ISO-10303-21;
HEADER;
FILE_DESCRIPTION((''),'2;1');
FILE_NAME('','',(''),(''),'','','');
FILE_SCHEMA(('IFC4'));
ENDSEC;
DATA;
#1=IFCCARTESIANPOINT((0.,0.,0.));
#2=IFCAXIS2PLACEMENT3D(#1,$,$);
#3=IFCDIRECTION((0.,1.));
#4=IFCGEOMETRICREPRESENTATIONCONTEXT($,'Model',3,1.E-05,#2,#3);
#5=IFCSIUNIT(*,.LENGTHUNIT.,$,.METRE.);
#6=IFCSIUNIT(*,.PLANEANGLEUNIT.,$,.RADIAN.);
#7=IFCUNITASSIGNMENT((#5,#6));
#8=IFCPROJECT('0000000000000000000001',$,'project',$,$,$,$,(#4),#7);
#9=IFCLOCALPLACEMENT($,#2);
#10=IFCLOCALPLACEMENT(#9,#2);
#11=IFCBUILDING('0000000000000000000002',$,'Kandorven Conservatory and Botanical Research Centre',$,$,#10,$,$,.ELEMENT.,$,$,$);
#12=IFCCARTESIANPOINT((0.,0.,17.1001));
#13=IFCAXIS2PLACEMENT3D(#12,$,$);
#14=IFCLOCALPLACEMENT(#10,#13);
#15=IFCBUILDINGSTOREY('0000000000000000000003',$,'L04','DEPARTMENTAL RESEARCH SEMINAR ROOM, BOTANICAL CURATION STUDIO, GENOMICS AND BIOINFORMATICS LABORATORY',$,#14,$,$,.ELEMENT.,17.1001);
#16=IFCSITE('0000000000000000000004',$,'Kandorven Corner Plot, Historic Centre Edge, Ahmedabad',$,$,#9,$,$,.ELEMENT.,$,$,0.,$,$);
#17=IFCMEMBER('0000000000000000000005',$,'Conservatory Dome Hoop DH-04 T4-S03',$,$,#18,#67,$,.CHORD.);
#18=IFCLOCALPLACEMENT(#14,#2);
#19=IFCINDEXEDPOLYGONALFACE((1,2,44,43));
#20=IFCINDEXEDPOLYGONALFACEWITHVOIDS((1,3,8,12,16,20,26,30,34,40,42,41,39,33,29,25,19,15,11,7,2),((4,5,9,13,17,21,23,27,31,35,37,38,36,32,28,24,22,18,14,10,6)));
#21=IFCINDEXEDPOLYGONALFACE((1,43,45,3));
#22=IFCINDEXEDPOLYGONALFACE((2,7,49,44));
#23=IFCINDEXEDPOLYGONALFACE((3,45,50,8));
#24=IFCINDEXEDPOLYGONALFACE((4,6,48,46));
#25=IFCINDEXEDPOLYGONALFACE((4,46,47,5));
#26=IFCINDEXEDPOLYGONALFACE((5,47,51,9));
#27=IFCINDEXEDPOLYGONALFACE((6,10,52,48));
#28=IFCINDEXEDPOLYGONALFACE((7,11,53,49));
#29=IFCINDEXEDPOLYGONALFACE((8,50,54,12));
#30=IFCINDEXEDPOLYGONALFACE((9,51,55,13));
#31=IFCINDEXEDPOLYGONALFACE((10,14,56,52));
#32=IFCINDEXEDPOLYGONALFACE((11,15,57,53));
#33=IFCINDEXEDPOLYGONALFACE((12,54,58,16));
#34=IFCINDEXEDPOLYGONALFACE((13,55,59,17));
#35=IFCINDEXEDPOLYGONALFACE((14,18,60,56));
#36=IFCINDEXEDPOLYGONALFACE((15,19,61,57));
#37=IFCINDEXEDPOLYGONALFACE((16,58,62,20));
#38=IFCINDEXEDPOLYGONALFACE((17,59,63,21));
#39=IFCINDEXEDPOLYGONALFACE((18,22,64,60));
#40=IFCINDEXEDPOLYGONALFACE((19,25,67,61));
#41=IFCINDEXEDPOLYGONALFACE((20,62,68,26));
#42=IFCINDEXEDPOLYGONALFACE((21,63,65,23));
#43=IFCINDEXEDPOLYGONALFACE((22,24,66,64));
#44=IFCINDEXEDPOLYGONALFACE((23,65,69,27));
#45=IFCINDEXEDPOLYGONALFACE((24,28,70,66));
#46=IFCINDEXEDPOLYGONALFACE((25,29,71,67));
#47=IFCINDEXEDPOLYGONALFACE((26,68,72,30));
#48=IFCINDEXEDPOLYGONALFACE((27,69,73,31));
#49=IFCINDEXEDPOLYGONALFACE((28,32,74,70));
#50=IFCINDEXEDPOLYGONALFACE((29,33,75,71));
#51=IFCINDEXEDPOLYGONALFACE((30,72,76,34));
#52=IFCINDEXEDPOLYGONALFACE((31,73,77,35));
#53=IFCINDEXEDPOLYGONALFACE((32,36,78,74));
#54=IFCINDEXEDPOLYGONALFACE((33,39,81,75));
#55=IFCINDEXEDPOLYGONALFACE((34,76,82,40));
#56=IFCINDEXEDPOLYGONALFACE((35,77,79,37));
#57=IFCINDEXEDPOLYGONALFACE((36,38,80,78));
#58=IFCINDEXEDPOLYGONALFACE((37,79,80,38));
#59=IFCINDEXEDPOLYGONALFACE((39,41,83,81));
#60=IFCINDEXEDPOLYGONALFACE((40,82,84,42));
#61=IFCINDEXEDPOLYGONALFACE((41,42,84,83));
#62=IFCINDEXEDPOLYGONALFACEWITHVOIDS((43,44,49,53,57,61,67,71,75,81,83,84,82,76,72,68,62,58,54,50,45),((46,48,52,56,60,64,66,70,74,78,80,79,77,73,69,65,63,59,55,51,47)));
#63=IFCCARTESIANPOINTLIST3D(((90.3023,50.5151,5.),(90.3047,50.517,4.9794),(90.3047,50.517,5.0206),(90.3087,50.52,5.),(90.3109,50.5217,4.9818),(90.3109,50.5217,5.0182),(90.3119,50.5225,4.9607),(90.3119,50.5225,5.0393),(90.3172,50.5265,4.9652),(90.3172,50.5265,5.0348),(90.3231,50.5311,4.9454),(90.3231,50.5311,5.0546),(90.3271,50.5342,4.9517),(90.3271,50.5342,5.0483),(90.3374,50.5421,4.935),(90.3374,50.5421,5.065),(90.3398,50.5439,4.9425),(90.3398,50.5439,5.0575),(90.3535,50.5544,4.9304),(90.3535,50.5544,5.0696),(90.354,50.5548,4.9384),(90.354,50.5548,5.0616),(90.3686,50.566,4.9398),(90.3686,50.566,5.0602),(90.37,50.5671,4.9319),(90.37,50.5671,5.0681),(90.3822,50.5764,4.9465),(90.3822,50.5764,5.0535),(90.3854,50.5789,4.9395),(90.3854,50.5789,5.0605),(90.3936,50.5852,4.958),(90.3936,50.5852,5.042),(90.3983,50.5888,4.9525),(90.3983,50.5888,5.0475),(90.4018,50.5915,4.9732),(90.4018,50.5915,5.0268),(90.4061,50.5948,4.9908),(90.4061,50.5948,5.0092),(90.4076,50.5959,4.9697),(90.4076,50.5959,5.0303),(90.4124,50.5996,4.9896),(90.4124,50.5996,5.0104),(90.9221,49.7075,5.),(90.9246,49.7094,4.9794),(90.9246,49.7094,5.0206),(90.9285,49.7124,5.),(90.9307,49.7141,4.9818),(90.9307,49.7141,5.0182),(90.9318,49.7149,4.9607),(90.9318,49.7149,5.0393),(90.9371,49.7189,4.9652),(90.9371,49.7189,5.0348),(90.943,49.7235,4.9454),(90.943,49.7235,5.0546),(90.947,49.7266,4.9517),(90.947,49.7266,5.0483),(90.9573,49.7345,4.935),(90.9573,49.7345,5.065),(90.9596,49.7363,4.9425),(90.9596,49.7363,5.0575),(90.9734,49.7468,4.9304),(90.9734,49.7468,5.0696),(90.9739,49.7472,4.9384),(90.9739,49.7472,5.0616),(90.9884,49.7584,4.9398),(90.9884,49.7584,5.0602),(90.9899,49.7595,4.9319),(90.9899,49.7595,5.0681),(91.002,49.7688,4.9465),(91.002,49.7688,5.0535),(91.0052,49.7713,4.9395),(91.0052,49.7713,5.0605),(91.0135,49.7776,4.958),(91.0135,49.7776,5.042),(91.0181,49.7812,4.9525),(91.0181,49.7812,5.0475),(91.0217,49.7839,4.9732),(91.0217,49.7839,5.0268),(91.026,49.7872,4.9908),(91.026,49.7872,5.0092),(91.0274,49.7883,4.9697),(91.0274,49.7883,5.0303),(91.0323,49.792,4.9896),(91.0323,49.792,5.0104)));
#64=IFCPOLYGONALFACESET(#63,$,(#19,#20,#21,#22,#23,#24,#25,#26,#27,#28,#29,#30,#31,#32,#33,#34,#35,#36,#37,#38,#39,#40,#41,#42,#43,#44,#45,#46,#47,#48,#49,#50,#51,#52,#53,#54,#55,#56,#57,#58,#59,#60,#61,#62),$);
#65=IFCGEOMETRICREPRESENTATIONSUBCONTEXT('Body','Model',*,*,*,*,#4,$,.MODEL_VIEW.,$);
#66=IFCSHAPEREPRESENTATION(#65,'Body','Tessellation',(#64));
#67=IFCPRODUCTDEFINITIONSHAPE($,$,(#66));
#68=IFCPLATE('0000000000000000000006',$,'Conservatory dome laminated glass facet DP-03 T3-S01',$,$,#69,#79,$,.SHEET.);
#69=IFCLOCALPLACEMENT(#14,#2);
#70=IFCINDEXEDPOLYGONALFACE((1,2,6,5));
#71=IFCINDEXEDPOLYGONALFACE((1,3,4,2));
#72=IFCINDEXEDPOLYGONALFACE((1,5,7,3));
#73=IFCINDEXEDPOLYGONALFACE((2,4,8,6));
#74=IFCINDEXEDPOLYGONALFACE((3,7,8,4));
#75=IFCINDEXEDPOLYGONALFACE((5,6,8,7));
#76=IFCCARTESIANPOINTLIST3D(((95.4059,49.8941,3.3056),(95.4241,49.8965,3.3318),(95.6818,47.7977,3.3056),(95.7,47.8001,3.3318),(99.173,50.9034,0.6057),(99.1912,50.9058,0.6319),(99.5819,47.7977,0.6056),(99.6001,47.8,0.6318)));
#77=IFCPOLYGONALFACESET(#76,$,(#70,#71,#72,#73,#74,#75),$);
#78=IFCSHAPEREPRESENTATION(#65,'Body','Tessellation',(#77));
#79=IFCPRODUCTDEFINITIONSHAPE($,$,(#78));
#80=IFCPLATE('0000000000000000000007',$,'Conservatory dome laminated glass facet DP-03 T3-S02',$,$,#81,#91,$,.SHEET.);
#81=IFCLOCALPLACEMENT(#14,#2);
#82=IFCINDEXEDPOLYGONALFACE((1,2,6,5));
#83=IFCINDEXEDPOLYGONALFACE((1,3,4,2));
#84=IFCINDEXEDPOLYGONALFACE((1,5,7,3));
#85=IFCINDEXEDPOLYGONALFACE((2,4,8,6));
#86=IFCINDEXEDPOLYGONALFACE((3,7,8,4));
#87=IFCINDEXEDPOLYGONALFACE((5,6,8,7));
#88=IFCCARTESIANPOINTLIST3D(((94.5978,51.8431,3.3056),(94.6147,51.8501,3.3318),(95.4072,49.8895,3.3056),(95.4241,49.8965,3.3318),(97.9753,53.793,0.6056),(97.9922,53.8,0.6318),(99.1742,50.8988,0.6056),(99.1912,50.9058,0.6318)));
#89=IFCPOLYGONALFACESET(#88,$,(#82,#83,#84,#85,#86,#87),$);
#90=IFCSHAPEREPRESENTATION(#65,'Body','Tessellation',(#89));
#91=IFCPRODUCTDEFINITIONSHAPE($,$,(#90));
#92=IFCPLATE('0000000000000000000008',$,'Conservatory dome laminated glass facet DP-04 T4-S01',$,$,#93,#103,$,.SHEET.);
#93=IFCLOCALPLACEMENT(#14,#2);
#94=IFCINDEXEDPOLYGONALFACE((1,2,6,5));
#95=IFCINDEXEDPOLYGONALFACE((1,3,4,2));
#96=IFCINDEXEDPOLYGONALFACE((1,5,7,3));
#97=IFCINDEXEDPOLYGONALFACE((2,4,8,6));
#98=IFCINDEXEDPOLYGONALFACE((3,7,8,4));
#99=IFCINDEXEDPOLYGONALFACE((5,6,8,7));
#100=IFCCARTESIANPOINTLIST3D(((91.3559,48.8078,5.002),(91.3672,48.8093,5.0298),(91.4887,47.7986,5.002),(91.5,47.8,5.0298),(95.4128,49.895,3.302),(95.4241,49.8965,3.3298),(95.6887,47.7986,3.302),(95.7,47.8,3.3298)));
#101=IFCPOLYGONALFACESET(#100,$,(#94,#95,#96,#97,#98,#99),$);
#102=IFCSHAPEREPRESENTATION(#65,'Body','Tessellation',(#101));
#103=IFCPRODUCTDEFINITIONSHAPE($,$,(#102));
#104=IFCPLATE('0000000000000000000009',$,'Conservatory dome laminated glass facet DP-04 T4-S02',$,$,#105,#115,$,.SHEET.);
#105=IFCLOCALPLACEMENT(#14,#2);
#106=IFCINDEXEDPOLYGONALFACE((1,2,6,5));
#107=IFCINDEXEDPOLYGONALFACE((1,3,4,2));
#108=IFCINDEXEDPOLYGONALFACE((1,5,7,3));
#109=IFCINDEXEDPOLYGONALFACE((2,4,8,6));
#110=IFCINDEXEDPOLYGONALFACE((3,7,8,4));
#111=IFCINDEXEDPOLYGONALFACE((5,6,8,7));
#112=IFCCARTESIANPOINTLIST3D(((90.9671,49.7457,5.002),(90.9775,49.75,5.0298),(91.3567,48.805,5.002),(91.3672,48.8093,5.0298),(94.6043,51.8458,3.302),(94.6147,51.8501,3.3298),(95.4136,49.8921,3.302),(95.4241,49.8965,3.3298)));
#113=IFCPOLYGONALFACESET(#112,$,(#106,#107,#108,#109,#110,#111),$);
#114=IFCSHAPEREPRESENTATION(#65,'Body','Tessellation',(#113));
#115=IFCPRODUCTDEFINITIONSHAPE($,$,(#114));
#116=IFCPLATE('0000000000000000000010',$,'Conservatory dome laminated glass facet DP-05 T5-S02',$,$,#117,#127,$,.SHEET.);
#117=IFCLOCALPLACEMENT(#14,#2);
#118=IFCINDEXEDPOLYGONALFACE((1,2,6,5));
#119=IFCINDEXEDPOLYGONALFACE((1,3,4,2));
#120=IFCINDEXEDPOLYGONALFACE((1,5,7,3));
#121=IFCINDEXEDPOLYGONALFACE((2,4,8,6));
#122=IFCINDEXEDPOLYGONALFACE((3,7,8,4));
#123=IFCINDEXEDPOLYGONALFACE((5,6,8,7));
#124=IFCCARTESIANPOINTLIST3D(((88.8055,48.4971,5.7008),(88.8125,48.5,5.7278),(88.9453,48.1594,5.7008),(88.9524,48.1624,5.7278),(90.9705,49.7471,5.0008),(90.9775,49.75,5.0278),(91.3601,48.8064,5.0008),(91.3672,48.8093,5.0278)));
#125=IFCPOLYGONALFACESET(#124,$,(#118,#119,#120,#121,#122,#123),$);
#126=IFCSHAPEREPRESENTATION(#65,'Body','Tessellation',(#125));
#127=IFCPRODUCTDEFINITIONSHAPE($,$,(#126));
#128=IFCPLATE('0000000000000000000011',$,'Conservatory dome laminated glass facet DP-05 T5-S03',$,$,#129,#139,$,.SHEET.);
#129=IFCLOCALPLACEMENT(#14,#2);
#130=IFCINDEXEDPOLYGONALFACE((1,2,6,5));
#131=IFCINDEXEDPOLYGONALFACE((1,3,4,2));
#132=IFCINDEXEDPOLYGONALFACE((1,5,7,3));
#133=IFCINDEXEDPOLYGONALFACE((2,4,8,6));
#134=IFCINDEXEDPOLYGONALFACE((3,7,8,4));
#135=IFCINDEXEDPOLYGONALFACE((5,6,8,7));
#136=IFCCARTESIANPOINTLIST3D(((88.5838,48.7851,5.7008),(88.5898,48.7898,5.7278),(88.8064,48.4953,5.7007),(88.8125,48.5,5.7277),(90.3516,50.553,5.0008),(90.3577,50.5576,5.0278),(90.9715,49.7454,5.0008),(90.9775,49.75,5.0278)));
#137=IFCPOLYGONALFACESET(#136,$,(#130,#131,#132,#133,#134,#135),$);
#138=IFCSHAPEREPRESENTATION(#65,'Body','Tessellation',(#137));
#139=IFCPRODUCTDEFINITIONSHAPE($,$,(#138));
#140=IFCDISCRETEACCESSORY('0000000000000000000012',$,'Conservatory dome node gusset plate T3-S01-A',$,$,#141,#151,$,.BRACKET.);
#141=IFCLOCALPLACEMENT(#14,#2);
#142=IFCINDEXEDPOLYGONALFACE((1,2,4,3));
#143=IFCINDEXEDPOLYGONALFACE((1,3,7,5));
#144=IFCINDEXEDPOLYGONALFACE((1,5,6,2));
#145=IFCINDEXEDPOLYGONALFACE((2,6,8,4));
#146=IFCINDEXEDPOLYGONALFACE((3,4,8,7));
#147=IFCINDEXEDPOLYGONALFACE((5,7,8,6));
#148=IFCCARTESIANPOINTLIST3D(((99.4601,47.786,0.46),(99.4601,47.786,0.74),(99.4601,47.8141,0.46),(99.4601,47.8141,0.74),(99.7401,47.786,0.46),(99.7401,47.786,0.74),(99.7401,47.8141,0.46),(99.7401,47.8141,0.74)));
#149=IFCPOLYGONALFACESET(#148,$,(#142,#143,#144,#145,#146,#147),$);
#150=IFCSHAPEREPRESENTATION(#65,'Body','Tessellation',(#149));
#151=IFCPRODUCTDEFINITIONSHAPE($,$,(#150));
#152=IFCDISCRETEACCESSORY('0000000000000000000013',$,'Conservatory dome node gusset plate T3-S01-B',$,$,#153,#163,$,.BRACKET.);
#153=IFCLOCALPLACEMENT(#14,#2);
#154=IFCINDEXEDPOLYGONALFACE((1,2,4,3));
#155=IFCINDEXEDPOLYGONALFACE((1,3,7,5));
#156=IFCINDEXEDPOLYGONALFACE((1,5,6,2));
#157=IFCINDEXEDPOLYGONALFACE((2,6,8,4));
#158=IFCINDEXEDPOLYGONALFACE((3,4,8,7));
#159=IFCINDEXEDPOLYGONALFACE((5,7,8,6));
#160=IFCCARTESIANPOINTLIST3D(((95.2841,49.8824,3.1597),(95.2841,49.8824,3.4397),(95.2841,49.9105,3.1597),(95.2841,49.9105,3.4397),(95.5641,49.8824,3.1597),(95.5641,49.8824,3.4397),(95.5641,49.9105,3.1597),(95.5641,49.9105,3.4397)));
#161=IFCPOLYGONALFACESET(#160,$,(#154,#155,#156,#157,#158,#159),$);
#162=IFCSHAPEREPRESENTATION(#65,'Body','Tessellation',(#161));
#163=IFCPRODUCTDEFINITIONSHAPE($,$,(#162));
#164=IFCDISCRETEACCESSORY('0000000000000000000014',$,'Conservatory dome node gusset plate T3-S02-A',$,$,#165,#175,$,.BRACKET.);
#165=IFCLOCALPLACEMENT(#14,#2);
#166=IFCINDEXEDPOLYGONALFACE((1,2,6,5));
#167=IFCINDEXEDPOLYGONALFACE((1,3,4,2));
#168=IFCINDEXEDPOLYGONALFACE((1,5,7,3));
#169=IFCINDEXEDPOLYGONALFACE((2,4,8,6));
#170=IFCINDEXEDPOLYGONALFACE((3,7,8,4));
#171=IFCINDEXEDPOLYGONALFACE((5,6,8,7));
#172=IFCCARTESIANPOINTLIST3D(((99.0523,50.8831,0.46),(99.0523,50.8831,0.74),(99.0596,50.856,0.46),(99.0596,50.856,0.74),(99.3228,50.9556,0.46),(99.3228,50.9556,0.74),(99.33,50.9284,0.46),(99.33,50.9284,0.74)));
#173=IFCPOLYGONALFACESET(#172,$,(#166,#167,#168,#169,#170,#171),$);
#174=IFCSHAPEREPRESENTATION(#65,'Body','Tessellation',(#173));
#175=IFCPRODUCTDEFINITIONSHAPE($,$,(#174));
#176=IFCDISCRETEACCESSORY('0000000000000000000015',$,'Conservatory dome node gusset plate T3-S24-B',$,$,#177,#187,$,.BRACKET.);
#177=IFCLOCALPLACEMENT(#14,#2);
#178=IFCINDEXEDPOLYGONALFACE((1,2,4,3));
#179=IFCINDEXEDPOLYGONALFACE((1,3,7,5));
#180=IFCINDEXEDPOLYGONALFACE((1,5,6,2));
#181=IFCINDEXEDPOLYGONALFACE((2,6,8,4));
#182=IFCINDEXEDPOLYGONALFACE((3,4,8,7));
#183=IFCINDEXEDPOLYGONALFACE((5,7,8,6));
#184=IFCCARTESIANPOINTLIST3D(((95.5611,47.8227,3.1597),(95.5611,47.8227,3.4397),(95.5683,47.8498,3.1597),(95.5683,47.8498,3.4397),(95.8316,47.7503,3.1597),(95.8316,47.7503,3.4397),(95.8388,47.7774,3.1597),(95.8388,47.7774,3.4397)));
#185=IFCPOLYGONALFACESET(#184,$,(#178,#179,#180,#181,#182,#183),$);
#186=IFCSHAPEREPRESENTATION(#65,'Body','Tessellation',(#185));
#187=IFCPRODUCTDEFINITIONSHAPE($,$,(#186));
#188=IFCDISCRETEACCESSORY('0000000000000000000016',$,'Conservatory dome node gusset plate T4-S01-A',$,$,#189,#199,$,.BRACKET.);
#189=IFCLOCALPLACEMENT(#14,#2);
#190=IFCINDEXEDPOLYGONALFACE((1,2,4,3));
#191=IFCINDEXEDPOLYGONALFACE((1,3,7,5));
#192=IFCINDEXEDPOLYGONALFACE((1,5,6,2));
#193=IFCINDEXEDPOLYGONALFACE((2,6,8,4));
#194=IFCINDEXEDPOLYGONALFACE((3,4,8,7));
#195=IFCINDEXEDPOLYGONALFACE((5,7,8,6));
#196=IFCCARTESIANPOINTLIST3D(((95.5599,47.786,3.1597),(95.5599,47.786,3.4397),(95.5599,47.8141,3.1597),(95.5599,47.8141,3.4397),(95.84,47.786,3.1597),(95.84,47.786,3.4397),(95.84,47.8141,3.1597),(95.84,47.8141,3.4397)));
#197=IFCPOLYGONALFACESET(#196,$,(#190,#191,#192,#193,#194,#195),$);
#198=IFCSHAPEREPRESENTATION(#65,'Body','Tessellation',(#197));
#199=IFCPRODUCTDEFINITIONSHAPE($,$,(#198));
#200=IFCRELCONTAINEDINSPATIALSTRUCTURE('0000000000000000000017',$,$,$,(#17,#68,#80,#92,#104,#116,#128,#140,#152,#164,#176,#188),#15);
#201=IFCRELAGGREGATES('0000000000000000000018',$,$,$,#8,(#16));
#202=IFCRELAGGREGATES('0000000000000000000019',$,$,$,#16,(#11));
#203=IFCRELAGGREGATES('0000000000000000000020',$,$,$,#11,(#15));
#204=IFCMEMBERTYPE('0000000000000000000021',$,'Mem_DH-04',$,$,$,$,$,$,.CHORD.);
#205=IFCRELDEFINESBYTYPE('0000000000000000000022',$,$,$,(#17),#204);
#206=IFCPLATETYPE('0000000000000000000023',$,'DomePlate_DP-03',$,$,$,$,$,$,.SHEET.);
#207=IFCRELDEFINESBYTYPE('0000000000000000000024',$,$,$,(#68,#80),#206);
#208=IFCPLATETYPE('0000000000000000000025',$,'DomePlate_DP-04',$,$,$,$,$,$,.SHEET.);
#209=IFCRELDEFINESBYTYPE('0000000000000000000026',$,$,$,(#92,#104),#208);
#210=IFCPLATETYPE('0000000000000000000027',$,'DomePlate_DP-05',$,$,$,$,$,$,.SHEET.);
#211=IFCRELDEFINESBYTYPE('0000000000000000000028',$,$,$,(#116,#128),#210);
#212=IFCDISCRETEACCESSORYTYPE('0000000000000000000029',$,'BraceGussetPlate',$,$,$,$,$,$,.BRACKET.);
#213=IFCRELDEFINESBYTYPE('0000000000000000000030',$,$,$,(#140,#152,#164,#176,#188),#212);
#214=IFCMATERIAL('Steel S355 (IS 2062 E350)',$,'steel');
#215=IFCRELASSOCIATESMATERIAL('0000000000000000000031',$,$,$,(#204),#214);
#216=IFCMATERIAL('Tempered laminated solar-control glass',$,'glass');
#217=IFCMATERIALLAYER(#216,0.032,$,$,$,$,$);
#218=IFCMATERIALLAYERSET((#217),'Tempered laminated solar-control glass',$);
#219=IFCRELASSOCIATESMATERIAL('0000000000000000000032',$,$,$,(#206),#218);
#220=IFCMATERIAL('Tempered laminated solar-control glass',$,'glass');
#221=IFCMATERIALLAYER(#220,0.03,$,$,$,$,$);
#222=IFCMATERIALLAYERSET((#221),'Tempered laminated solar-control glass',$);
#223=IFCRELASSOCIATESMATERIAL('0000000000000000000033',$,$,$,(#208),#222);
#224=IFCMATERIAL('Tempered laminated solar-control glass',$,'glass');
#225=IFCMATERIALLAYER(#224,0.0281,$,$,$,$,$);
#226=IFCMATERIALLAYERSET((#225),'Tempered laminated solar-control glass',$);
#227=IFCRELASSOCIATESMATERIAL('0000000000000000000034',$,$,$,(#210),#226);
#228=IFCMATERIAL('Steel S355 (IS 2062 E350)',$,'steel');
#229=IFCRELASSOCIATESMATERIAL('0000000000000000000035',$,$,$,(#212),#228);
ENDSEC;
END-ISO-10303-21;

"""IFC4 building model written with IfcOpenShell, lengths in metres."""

from ifc_helpers import new_model, si_unit, direction, frame, origin, origin_2d, place, context, subcontext, project, spatial, polyline, rectangle, hollow_circle, outline, extrude, material, layer, layer_set, material_profile, profile_set, type_object, element, save


model = new_model("IFC4")

# Units and contexts
model_context = context("Model", 3, precision=1e-05, world=origin(), true_north=direction((0.0, 1.0)))
body_context = subcontext(model_context, "Body", "Model", "MODEL_VIEW")
ifc_project = project(units=[si_unit("LENGTHUNIT", "METRE"), si_unit("PLANEANGLEUNIT", "RADIAN")], contexts=[model_context])

# Site, building, storey
site_placement = place(None, origin())
site = spatial("IfcSite", under=ifc_project, at=site_placement, Name="Kandorven Corner Plot, Historic Centre Edge, Ahmedabad", CompositionType="ELEMENT", RefElevation=0.0)
building_placement = place(site_placement, origin())
building = spatial("IfcBuilding", under=site, at=building_placement, Name="Kandorven Conservatory and Botanical Research Centre", CompositionType="ELEMENT")
storey_placement = place(building_placement, frame((0.0, 0.0, 17.1001)))
storey = spatial("IfcBuildingStorey", under=building, at=storey_placement, Name="L04", Description="DEPARTMENTAL RESEARCH SEMINAR ROOM, BOTANICAL CURATION STUDIO, GENOMICS AND BIOINFORMATICS LABORATORY", CompositionType="ELEMENT", Elevation=17.1001)

# Member
ifc_material_1 = material(Name="Steel S355 (IS 2062 E350)", Category="steel")
ifc_material_profile_1 = material_profile(ifc_material_1, hollow_circle(Radius=0.0698, WallThickness=0.0081, at=origin_2d()))
ifc_profile_set_1 = profile_set([ifc_material_profile_1], Name="Steel S355 (IS 2062 E350)")
member_type_1 = type_object("IfcMemberType", Name="Mem_DH-04", PredefinedType="CHORD", material=ifc_profile_set_1)
for number, where, z_axis, x_axis, name in (
    (1, (90.9775, 49.75, 5.0), (-0.608864, 0.793274, 0.0), (-0.793274, -0.608864, 0.0), "Conservatory Dome Hoop DH-04 T4-S03"),
):
    element("IfcMember", number, at=place(storey_placement, frame(where, z_axis=z_axis, x_axis=x_axis)), inside=storey, type_object=member_type_1, Name=name, PredefinedType="CHORD", context=body_context, shape_type="SweptSolid", body=[
        extrude(hollow_circle(Radius=0.0698, WallThickness=0.0081, at=origin_2d()), origin(), (0.0, 0.0, 1.0), 1.0181),
    ])

# Plates
ifc_material_2 = material(Name="Tempered laminated solar-control glass", Category="glass")
ifc_layer_1 = layer(ifc_material_2, 0.032)
ifc_layer_set_1 = layer_set([ifc_layer_1], Name="Tempered laminated solar-control glass")
plate_type_1 = type_object("IfcPlateType", Name="DomePlate_DP-03", PredefinedType="SHEET", material=ifc_layer_set_1)
plate_1_placement = place(storey_placement, frame((99.6001, 47.8, 0.6318), z_axis=(0.567607, 0.07472, 0.819902), x_axis=(-0.130535, 0.991444, 0.000014)))
element("IfcPlate", 2, at=plate_1_placement, inside=storey, type_object=plate_type_1, Name="Conservatory dome laminated glass facet DP-03 T3-S01", PredefinedType="SHEET", context=body_context, shape_type="SweptSolid", body=[
    extrude(outline(polyline([(0.0, 0.0), (3.1325, 0.0), (2.6237, 4.716), (0.5091, 4.7161), (0.0, 0.0)])), origin(), (0.0, 0.0, -1.0), 0.032),
])
plate_2_placement = place(storey_placement, frame((99.1912, 50.9058, 0.6318), z_axis=(0.528927, 0.219114, 0.819893), x_axis=(-0.382718, 0.923865, -0.000003)))
element("IfcPlate", 3, at=plate_2_placement, inside=storey, type_object=plate_type_1, Name="Conservatory dome laminated glass facet DP-03 T3-S02", PredefinedType="SHEET", context=body_context, shape_type="SweptSolid", body=[
    extrude(outline(polyline([(0.0, 0.0), (3.1328, 0.0), (2.6239, 4.716), (0.5093, 4.7159), (0.0, 0.0)])), origin(), (0.0, 0.0, -1.0), 0.032),
])
ifc_material_3 = material(Name="Tempered laminated solar-control glass", Category="glass")
ifc_layer_2 = layer(ifc_material_3, 0.03)
ifc_layer_set_2 = layer_set([ifc_layer_2], Name="Tempered laminated solar-control glass")
plate_type_2 = type_object("IfcPlateType", Name="DomePlate_DP-04", PredefinedType="SHEET", material=ifc_layer_set_2)
plate_3_placement = place(storey_placement, frame((95.7, 47.8, 3.3298), z_axis=(0.374731, 0.049312, 0.925821), x_axis=(-0.130469, 0.991452, 0.0)))
element("IfcPlate", 4, at=plate_3_placement, inside=storey, type_object=plate_type_2, Name="Conservatory dome laminated glass facet DP-04 T4-S01", PredefinedType="SHEET", context=body_context, shape_type="SweptSolid", body=[
    extrude(outline(polyline([(0.0, 0.0), (2.1145, 0.0), (1.5659, 4.4977), (0.548, 4.4977), (0.0, 0.0)])), origin(), (0.0, 0.0, -1.0), 0.03),
])
plate_4_placement = place(storey_placement, frame((95.4241, 49.8965, 3.3298), z_axis=(0.349185, 0.144652, 0.925822), x_axis=(-0.382727, 0.923861, 0.000005)))
element("IfcPlate", 5, at=plate_4_placement, inside=storey, type_object=plate_type_2, Name="Conservatory dome laminated glass facet DP-04 T4-S02", PredefinedType="SHEET", context=body_context, shape_type="SweptSolid", body=[
    extrude(outline(polyline([(0.0, 0.0), (2.1146, 0.0), (1.5665, 4.4977), (0.5483, 4.4977), (0.0, 0.0)])), origin(), (0.0, 0.0, -1.0), 0.03),
])
ifc_material_4 = material(Name="Tempered laminated solar-control glass", Category="glass")
ifc_layer_3 = layer(ifc_material_4, 0.0281)
ifc_layer_set_3 = layer_set([ifc_layer_3], Name="Tempered laminated solar-control glass")
plate_type_3 = type_object("IfcPlateType", Name="DomePlate_DP-05", PredefinedType="SHEET", material=ifc_layer_set_3)
plate_5_placement = place(storey_placement, frame((91.3672, 48.8093, 5.0278), z_axis=(0.251081, 0.10401, 0.962362), x_axis=(-0.382692, 0.923876, -0.000006)))
element("IfcPlate", 6, at=plate_5_placement, inside=storey, type_object=plate_type_3, Name="Conservatory dome laminated glass facet DP-05 T5-S02", PredefinedType="SHEET", context=body_context, shape_type="SweptSolid", body=[
    extrude(outline(polyline([(0.0, 0.0), (1.0182, 0.0), (0.6919, 2.5755), (0.3264, 2.5755), (0.0, 0.0)])), origin(), (0.0, 0.0, -1.0), 0.0281),
])
plate_6_placement = place(storey_placement, frame((90.9775, 49.75, 5.0278), z_axis=(0.215562, 0.165496, 0.962364), x_axis=(-0.608872, 0.793268, -0.000034)))
element("IfcPlate", 7, at=plate_6_placement, inside=storey, type_object=plate_type_3, Name="Conservatory dome laminated glass facet DP-05 T5-S03", PredefinedType="SHEET", context=body_context, shape_type="SweptSolid", body=[
    extrude(outline(polyline([(0.0, 0.0), (1.0181, 0.0), (0.6921, 2.5757), (0.3266, 2.5755), (0.0, 0.0)])), origin(), (0.0, 0.0, -1.0), 0.0281),
])

# Discrete accessories
ifc_material_5 = material(Name="Steel S355 (IS 2062 E350)", Category="steel")
discrete_accessory_type = type_object("IfcDiscreteAccessoryType", Name="BraceGussetPlate", PredefinedType="BRACKET", material=ifc_material_5)
for number, where, z_axis, x_axis, name in (
    (8, (99.6001, 47.8, 0.46), (0.0, 0.0, 1.0), (1.0, 0.0, 0.0), "Conservatory dome node gusset plate T3-S01-A"),
    (9, (95.4241, 49.8965, 3.1597), (0.0, 0.0, 1.0), (1.0, 0.0, 0.0), "Conservatory dome node gusset plate T3-S01-B"),
    (10, (99.1912, 50.9058, 0.46), (0.0, 0.0, 1.0), (0.965926, 0.258819, 0.0), "Conservatory dome node gusset plate T3-S02-A"),
    (11, (95.7, 47.8, 3.1597), (0.0, 0.0, 1.0), (0.965926, -0.258819, 0.0), "Conservatory dome node gusset plate T3-S24-B"),
    (12, (95.7, 47.8, 3.1597), (0.0, 0.0, 1.0), (1.0, 0.0, 0.0), "Conservatory dome node gusset plate T4-S01-A"),
):
    element("IfcDiscreteAccessory", number, at=place(storey_placement, frame(where, z_axis=z_axis, x_axis=x_axis)), inside=storey, type_object=discrete_accessory_type, Name=name, PredefinedType="BRACKET", context=body_context, shape_type="SweptSolid", body=[
        extrude(rectangle(XDim=0.28, YDim=0.0281, at=origin_2d()), origin(), (0.0, 0.0, 1.0), 0.28),
    ])

save(model, "model.ifc")
